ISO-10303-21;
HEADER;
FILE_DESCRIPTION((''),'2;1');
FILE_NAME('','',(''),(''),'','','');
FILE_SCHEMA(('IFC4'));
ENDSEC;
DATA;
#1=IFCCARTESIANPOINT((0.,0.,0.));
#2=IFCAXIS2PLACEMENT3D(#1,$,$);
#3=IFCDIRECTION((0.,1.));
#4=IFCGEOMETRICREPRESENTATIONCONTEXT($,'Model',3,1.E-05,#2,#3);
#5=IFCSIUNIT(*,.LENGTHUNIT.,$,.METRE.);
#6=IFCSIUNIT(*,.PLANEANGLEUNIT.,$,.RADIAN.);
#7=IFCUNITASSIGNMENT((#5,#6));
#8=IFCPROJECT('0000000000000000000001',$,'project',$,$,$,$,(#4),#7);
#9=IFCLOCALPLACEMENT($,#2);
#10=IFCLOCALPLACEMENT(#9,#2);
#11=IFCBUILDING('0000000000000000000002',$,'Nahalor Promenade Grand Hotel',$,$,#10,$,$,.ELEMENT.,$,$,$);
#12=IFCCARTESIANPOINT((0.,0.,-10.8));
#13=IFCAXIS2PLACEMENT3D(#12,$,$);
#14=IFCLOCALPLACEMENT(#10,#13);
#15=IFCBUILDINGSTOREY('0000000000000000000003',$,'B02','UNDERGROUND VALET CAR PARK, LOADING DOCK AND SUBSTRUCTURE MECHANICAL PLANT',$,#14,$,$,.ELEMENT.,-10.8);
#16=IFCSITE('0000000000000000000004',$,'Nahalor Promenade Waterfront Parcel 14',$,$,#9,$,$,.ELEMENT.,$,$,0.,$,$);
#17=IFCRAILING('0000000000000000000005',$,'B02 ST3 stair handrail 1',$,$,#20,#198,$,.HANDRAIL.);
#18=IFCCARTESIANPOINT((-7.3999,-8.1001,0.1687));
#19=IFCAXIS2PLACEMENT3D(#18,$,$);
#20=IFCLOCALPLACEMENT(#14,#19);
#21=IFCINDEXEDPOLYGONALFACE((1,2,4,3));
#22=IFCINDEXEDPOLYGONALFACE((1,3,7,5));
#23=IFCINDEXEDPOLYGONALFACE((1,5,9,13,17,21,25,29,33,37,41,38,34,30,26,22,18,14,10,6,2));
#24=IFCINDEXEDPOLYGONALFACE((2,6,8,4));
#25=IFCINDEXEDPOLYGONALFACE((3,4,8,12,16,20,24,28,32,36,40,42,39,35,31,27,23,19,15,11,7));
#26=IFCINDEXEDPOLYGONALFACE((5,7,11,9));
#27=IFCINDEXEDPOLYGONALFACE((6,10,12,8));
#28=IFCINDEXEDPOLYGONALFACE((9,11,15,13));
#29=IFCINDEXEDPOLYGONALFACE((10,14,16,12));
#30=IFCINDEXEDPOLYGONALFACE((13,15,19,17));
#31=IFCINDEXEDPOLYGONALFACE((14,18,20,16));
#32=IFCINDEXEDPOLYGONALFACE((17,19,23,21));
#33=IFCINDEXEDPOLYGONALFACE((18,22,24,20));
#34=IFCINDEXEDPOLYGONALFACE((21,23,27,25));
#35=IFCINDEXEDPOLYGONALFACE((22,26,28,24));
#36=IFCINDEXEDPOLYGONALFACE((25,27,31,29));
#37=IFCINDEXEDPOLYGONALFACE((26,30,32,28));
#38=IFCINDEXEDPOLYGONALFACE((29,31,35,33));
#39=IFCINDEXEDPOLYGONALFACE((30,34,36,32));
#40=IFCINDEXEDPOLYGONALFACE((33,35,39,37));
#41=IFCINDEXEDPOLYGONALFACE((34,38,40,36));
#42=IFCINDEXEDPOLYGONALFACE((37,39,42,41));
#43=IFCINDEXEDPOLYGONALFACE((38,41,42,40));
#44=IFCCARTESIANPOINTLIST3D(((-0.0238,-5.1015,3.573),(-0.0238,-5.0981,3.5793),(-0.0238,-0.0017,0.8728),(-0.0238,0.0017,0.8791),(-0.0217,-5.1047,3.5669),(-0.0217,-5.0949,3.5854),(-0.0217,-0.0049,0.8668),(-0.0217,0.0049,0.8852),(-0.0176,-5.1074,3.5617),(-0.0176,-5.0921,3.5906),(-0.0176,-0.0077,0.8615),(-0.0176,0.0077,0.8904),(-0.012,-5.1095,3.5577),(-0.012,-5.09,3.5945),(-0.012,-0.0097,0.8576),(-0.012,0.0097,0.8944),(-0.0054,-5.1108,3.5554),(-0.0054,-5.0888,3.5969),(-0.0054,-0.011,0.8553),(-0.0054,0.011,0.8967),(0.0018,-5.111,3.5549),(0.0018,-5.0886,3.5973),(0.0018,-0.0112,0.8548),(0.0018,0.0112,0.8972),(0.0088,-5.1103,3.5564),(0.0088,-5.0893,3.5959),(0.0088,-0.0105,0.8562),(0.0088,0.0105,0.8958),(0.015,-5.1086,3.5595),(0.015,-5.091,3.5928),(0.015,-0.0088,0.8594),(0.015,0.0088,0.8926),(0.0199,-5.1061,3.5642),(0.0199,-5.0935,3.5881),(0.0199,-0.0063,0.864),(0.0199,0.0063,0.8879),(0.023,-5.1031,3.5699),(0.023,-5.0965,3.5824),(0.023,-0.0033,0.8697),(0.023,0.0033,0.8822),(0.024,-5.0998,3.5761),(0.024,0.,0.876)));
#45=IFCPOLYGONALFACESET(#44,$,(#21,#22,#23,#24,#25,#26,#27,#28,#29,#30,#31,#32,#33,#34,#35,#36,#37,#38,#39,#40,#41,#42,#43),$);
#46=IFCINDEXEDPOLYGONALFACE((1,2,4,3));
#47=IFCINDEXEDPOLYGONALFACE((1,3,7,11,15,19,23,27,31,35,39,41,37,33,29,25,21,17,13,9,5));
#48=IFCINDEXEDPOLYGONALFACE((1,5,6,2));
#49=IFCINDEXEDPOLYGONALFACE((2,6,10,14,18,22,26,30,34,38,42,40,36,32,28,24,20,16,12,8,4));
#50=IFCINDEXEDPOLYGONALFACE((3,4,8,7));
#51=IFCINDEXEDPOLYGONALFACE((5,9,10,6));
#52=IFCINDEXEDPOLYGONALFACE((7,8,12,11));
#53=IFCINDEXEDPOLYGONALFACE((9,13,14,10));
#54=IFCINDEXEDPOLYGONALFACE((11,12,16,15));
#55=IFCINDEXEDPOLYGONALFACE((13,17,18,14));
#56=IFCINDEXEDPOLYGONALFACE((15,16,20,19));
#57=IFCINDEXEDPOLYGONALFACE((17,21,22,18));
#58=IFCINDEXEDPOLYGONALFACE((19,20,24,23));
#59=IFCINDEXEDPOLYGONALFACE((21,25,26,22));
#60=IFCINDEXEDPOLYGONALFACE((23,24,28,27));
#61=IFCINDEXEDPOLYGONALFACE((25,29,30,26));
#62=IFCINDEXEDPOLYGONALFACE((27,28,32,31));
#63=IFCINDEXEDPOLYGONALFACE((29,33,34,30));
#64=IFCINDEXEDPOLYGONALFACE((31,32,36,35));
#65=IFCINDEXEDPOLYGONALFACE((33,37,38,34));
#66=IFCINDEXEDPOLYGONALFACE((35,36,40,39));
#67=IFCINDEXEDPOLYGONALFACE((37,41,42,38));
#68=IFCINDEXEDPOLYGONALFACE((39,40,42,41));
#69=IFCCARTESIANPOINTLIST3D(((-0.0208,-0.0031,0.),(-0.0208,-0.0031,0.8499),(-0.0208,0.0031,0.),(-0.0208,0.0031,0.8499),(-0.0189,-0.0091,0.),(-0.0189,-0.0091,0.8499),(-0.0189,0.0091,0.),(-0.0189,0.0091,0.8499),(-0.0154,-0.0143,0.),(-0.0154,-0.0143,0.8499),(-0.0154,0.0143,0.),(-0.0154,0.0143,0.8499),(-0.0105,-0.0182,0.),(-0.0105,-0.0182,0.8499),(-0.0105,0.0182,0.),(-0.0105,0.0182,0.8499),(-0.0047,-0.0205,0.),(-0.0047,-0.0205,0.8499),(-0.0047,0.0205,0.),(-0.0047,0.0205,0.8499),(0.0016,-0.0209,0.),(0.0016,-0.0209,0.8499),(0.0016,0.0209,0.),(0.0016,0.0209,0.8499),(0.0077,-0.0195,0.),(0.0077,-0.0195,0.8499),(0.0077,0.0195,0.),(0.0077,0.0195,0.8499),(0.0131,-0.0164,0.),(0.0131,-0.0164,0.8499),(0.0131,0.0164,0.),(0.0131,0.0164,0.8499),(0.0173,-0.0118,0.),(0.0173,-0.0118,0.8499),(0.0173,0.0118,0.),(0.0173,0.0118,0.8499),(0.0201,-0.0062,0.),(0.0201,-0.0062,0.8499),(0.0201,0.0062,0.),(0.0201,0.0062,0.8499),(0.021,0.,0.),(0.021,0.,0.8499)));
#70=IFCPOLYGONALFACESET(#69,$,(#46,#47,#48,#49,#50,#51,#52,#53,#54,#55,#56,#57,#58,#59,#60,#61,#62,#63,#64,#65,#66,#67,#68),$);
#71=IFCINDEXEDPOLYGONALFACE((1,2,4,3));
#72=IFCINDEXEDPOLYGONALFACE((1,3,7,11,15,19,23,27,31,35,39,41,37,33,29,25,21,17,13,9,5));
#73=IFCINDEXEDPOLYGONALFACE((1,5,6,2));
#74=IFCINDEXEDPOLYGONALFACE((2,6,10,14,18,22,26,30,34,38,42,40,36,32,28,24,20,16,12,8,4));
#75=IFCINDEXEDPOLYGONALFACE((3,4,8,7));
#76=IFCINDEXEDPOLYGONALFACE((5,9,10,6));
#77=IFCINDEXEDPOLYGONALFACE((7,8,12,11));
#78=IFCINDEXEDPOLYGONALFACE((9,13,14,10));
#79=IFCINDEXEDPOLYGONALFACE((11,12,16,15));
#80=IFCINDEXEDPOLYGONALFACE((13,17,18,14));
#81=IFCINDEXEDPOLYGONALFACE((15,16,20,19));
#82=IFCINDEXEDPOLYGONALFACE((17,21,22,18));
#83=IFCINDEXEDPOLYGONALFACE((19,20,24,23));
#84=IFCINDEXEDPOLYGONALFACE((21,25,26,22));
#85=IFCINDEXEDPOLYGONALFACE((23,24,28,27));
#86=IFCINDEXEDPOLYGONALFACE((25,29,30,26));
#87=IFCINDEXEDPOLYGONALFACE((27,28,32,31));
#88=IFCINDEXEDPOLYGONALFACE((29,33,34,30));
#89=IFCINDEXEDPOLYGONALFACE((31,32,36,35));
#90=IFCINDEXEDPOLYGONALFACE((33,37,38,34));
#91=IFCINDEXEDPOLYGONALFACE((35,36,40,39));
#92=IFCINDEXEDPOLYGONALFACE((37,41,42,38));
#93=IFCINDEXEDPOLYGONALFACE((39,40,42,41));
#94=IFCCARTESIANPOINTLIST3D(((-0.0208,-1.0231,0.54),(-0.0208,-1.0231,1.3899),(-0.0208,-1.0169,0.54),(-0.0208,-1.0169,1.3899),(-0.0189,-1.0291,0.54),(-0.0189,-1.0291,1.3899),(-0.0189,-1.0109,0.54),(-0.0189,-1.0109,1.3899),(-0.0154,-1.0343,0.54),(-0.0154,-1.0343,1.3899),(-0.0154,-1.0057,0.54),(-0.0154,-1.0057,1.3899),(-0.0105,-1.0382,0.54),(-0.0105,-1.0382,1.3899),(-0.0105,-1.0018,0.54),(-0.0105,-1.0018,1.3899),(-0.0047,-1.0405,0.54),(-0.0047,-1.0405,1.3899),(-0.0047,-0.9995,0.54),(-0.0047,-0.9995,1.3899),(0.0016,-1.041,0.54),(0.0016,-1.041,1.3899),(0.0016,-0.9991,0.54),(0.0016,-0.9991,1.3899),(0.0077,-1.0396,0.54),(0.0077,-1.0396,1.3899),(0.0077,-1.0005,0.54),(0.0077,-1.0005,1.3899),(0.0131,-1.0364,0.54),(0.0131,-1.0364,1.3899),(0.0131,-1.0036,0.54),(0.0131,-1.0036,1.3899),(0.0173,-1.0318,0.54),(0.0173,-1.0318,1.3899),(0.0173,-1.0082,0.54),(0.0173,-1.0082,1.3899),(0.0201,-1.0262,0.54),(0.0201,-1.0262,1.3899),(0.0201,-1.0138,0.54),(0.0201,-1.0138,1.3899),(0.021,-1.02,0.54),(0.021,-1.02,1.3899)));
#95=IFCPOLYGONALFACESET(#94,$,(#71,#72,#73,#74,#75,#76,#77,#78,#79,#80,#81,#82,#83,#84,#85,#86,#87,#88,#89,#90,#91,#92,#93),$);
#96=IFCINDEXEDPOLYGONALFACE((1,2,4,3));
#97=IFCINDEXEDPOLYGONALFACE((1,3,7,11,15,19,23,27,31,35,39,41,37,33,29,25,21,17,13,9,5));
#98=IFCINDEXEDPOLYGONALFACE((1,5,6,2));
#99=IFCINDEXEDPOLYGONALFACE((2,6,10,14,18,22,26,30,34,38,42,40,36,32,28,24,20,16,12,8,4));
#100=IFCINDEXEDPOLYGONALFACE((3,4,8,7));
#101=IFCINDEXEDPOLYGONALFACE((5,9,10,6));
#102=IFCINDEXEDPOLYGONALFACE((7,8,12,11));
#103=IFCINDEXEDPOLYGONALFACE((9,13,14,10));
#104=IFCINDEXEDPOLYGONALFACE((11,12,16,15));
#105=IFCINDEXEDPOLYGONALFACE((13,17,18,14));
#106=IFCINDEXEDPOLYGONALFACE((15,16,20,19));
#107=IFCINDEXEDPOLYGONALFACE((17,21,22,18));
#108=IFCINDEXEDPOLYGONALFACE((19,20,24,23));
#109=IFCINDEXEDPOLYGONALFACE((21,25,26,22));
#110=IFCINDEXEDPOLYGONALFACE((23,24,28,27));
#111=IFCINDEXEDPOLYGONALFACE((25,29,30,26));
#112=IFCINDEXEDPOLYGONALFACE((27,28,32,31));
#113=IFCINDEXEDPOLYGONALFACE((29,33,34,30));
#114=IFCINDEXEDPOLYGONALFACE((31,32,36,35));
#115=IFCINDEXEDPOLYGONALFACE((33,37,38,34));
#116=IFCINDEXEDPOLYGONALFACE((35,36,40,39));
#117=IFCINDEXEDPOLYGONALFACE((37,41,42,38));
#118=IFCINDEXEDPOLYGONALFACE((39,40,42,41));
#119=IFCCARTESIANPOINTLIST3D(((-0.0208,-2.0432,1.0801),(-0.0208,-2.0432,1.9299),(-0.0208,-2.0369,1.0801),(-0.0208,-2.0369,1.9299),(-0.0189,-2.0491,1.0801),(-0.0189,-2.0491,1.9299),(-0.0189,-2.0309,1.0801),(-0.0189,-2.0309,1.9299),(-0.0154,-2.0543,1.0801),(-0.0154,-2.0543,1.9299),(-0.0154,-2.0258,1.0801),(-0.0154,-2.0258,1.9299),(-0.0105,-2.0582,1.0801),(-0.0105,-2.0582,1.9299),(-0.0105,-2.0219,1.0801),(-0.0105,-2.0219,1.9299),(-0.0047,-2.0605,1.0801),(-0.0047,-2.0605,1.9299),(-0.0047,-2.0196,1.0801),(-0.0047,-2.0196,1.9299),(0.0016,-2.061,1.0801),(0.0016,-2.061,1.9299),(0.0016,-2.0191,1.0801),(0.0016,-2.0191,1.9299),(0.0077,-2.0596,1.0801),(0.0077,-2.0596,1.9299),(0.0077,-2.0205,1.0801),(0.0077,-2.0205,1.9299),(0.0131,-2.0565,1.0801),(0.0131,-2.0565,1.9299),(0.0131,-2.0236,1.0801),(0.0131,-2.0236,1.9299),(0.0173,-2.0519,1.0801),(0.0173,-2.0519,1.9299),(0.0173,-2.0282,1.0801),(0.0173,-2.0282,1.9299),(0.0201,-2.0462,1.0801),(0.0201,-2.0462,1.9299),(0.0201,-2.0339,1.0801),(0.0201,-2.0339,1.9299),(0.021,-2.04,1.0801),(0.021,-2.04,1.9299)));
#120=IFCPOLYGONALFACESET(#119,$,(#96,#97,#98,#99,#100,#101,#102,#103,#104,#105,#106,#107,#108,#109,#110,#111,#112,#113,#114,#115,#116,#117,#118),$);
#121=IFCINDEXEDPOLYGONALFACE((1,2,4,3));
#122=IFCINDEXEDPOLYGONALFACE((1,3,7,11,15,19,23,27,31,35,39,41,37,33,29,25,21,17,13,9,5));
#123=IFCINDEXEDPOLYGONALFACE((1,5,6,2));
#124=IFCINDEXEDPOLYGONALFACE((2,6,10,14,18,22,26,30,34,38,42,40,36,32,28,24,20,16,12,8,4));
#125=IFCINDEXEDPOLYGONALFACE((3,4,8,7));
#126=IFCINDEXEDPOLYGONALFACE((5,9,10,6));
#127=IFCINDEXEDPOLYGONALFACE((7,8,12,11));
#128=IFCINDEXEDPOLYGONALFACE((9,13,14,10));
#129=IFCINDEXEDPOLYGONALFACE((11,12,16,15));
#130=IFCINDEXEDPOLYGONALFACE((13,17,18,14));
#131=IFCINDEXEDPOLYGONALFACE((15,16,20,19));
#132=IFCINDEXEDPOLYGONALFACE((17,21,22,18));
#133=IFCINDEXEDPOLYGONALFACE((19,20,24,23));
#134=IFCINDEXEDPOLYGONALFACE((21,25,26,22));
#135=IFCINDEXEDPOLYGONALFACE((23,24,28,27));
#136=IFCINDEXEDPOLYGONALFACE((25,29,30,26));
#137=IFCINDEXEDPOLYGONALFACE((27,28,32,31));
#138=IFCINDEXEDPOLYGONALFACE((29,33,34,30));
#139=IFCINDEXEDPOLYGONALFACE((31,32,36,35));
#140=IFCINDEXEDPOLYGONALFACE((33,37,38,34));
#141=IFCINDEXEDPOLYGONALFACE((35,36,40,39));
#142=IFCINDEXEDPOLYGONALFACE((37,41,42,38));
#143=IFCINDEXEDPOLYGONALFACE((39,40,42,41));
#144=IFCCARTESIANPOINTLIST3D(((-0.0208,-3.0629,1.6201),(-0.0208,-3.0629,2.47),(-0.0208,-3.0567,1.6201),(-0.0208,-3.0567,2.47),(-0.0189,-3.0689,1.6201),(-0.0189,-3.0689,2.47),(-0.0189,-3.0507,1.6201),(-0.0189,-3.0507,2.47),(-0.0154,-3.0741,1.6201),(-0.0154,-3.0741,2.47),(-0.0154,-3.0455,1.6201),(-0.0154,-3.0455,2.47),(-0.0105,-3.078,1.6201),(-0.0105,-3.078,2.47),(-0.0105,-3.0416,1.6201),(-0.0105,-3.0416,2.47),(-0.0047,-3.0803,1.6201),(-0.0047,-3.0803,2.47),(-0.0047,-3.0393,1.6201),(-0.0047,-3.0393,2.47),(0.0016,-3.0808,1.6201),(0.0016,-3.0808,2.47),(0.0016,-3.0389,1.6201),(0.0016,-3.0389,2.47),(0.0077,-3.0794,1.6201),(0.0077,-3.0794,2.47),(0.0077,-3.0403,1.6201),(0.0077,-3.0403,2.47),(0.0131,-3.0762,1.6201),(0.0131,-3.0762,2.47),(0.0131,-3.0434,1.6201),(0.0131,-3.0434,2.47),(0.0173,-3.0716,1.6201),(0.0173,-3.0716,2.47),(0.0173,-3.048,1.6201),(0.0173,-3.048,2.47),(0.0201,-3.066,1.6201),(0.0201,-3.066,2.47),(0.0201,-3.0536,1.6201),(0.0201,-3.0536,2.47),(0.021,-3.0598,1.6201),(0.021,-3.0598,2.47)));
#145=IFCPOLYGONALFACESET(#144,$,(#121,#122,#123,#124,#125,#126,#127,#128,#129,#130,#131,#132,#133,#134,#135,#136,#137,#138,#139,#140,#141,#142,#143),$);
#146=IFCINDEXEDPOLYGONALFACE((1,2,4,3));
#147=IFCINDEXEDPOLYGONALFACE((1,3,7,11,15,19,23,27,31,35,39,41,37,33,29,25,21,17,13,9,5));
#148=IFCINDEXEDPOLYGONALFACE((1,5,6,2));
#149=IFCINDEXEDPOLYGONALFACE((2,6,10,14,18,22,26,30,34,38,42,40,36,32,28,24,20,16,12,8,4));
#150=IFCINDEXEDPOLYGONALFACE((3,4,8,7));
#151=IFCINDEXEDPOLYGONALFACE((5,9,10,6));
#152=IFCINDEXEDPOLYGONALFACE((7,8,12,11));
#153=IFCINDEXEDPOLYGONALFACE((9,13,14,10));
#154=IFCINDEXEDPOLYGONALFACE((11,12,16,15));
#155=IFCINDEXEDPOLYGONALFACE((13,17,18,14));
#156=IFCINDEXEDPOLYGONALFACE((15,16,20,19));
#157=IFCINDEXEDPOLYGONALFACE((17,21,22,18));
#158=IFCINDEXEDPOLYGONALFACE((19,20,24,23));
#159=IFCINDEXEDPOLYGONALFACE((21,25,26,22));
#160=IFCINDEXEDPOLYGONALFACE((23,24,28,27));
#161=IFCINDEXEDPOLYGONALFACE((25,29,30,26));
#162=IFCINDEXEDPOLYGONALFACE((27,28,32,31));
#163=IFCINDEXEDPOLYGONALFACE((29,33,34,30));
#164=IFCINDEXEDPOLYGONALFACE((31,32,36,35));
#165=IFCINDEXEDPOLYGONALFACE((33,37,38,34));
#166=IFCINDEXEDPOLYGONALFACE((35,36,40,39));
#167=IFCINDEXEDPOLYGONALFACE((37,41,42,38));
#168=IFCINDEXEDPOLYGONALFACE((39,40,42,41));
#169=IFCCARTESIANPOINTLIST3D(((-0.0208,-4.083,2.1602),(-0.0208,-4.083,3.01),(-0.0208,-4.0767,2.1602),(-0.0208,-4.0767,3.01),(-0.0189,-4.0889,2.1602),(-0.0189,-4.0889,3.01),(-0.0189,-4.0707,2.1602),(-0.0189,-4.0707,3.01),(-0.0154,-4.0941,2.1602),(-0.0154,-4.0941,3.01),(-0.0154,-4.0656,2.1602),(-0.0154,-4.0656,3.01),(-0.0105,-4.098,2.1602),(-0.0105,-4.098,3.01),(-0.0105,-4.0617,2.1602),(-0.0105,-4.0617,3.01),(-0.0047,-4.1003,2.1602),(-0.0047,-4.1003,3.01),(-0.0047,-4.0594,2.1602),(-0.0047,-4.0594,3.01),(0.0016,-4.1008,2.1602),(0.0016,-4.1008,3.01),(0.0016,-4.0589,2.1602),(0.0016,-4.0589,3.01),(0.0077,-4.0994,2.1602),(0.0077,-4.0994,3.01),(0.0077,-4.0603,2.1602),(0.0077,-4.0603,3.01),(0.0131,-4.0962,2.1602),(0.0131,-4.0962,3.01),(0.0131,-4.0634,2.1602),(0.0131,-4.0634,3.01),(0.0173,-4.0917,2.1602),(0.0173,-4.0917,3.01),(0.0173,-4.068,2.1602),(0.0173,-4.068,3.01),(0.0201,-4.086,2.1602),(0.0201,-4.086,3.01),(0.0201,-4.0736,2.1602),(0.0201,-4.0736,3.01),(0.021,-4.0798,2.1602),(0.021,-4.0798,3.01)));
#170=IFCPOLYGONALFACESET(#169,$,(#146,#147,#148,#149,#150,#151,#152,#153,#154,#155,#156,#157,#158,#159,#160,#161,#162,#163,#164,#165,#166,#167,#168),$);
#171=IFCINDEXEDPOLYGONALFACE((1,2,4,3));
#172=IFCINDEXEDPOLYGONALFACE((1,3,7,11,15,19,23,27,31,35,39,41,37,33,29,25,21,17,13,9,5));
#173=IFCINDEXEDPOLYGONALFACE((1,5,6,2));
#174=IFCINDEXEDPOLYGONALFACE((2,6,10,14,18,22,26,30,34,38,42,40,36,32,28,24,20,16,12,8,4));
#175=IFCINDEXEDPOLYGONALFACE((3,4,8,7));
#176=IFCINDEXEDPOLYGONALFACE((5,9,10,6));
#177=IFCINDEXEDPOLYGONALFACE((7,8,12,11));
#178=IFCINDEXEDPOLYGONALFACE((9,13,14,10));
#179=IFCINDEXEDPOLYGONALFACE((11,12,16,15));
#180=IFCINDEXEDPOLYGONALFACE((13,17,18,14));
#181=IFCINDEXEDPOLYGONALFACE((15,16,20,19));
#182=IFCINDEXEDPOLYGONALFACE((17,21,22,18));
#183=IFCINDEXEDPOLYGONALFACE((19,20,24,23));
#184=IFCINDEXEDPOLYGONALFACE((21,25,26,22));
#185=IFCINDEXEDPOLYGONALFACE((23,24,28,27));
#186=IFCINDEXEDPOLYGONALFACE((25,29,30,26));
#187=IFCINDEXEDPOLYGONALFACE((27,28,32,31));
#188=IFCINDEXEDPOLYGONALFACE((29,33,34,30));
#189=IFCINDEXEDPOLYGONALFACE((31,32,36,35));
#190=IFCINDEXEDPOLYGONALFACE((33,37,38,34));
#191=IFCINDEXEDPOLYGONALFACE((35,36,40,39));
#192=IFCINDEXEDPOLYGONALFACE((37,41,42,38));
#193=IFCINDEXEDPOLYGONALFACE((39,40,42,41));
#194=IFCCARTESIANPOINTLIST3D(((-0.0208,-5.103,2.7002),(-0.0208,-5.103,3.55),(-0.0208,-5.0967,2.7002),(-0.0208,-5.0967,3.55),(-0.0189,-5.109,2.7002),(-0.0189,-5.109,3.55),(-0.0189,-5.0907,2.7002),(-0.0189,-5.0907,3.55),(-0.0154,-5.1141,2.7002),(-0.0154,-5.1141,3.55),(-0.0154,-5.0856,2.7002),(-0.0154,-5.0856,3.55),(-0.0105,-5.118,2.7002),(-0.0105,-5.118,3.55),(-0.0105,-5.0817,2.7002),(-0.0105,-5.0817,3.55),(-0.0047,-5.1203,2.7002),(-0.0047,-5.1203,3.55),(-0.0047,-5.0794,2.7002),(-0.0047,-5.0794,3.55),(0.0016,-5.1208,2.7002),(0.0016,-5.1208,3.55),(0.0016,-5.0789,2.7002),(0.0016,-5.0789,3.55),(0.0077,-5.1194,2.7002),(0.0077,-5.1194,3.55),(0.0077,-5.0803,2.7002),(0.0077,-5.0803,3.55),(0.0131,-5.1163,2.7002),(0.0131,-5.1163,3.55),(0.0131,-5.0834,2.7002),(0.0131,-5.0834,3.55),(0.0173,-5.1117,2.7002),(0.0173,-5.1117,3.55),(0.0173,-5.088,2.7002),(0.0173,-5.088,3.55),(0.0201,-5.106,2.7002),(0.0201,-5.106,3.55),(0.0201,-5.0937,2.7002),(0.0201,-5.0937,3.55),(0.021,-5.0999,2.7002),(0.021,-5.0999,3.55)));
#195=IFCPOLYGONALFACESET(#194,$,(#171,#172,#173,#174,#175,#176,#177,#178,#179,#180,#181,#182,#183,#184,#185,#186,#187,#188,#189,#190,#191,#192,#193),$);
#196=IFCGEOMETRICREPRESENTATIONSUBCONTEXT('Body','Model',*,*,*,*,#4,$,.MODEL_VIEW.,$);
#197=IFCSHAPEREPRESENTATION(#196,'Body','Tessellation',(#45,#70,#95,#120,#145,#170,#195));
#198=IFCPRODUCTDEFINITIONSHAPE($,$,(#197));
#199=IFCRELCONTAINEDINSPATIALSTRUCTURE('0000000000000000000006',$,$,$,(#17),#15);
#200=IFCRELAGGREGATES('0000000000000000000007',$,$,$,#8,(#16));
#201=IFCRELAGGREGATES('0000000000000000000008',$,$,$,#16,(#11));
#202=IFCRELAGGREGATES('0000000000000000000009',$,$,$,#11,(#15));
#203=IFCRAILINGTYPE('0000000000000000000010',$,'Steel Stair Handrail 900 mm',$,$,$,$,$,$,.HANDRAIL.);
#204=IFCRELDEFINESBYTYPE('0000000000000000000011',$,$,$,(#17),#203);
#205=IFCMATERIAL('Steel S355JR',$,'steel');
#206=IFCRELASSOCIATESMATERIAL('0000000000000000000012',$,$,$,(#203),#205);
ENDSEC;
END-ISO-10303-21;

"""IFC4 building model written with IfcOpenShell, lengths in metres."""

from ifc_helpers import new_model, si_unit, direction, frame, origin, origin_2d, place, context, subcontext, project, spatial, circle, extrude, material, type_object, element, save


model = new_model("IFC4")

# Units and contexts
model_context = context("Model", 3, precision=1e-05, world=origin(), true_north=direction((0.0, 1.0)))
body_context = subcontext(model_context, "Body", "Model", "MODEL_VIEW")
ifc_project = project(units=[si_unit("LENGTHUNIT", "METRE"), si_unit("PLANEANGLEUNIT", "RADIAN")], contexts=[model_context])

# Site, building, storey
site_placement = place(None, origin())
site = spatial("IfcSite", under=ifc_project, at=site_placement, Name="Nahalor Promenade Waterfront Parcel 14", CompositionType="ELEMENT", RefElevation=0.0)
building_placement = place(site_placement, origin())
building = spatial("IfcBuilding", under=site, at=building_placement, Name="Nahalor Promenade Grand Hotel", CompositionType="ELEMENT")
storey_placement = place(building_placement, frame((0.0, 0.0, -10.8)))
storey = spatial("IfcBuildingStorey", under=building, at=storey_placement, Name="B02", Description="UNDERGROUND VALET CAR PARK, LOADING DOCK AND SUBSTRUCTURE MECHANICAL PLANT", CompositionType="ELEMENT", Elevation=-10.8)

# Shared definitions
ifc_material_1 = material(Name="Steel S355JR", Category="steel")

# Railing
railing_type_1 = type_object("IfcRailingType", Name="Steel Stair Handrail 900 mm", PredefinedType="HANDRAIL", material=ifc_material_1)
railing_1_placement = place(storey_placement, frame((-7.3999, -8.1001, 0.1687)))
element("IfcRailing", 1, at=railing_1_placement, inside=storey, type_object=railing_type_1, Name="B02 ST3 stair handrail 1", PredefinedType="HANDRAIL", context=body_context, shape_type="SweptSolid", body=[
    extrude(circle(Radius=0.024, at=origin_2d()), frame((0.0, 0.0, 0.876), z_axis=(0.0, -0.883768, 0.467925), x_axis=(1.0, 0.0, 0.0)), (0.0, 0.0, 1.0), 5.7705),
    extrude(circle(Radius=0.021, at=origin_2d()), origin(), (0.0, 0.0, 1.0), 0.8499),
    extrude(circle(Radius=0.021, at=origin_2d()), frame((0.0, -1.02, 0.54)), (0.0, 0.0, 1.0), 0.8499),
    extrude(circle(Radius=0.021, at=origin_2d()), frame((0.0, -2.04, 1.0801)), (0.0, 0.0, 1.0), 0.8499),
    extrude(circle(Radius=0.021, at=origin_2d()), frame((0.0, -3.0598, 1.6201)), (0.0, 0.0, 1.0), 0.8499),
    extrude(circle(Radius=0.021, at=origin_2d()), frame((0.0, -4.0798, 2.1602)), (0.0, 0.0, 1.0), 0.8499),
    extrude(circle(Radius=0.021, at=origin_2d()), frame((0.0, -5.0999, 2.7002)), (0.0, 0.0, 1.0), 0.8499),
])

save(model, "model.ifc")
